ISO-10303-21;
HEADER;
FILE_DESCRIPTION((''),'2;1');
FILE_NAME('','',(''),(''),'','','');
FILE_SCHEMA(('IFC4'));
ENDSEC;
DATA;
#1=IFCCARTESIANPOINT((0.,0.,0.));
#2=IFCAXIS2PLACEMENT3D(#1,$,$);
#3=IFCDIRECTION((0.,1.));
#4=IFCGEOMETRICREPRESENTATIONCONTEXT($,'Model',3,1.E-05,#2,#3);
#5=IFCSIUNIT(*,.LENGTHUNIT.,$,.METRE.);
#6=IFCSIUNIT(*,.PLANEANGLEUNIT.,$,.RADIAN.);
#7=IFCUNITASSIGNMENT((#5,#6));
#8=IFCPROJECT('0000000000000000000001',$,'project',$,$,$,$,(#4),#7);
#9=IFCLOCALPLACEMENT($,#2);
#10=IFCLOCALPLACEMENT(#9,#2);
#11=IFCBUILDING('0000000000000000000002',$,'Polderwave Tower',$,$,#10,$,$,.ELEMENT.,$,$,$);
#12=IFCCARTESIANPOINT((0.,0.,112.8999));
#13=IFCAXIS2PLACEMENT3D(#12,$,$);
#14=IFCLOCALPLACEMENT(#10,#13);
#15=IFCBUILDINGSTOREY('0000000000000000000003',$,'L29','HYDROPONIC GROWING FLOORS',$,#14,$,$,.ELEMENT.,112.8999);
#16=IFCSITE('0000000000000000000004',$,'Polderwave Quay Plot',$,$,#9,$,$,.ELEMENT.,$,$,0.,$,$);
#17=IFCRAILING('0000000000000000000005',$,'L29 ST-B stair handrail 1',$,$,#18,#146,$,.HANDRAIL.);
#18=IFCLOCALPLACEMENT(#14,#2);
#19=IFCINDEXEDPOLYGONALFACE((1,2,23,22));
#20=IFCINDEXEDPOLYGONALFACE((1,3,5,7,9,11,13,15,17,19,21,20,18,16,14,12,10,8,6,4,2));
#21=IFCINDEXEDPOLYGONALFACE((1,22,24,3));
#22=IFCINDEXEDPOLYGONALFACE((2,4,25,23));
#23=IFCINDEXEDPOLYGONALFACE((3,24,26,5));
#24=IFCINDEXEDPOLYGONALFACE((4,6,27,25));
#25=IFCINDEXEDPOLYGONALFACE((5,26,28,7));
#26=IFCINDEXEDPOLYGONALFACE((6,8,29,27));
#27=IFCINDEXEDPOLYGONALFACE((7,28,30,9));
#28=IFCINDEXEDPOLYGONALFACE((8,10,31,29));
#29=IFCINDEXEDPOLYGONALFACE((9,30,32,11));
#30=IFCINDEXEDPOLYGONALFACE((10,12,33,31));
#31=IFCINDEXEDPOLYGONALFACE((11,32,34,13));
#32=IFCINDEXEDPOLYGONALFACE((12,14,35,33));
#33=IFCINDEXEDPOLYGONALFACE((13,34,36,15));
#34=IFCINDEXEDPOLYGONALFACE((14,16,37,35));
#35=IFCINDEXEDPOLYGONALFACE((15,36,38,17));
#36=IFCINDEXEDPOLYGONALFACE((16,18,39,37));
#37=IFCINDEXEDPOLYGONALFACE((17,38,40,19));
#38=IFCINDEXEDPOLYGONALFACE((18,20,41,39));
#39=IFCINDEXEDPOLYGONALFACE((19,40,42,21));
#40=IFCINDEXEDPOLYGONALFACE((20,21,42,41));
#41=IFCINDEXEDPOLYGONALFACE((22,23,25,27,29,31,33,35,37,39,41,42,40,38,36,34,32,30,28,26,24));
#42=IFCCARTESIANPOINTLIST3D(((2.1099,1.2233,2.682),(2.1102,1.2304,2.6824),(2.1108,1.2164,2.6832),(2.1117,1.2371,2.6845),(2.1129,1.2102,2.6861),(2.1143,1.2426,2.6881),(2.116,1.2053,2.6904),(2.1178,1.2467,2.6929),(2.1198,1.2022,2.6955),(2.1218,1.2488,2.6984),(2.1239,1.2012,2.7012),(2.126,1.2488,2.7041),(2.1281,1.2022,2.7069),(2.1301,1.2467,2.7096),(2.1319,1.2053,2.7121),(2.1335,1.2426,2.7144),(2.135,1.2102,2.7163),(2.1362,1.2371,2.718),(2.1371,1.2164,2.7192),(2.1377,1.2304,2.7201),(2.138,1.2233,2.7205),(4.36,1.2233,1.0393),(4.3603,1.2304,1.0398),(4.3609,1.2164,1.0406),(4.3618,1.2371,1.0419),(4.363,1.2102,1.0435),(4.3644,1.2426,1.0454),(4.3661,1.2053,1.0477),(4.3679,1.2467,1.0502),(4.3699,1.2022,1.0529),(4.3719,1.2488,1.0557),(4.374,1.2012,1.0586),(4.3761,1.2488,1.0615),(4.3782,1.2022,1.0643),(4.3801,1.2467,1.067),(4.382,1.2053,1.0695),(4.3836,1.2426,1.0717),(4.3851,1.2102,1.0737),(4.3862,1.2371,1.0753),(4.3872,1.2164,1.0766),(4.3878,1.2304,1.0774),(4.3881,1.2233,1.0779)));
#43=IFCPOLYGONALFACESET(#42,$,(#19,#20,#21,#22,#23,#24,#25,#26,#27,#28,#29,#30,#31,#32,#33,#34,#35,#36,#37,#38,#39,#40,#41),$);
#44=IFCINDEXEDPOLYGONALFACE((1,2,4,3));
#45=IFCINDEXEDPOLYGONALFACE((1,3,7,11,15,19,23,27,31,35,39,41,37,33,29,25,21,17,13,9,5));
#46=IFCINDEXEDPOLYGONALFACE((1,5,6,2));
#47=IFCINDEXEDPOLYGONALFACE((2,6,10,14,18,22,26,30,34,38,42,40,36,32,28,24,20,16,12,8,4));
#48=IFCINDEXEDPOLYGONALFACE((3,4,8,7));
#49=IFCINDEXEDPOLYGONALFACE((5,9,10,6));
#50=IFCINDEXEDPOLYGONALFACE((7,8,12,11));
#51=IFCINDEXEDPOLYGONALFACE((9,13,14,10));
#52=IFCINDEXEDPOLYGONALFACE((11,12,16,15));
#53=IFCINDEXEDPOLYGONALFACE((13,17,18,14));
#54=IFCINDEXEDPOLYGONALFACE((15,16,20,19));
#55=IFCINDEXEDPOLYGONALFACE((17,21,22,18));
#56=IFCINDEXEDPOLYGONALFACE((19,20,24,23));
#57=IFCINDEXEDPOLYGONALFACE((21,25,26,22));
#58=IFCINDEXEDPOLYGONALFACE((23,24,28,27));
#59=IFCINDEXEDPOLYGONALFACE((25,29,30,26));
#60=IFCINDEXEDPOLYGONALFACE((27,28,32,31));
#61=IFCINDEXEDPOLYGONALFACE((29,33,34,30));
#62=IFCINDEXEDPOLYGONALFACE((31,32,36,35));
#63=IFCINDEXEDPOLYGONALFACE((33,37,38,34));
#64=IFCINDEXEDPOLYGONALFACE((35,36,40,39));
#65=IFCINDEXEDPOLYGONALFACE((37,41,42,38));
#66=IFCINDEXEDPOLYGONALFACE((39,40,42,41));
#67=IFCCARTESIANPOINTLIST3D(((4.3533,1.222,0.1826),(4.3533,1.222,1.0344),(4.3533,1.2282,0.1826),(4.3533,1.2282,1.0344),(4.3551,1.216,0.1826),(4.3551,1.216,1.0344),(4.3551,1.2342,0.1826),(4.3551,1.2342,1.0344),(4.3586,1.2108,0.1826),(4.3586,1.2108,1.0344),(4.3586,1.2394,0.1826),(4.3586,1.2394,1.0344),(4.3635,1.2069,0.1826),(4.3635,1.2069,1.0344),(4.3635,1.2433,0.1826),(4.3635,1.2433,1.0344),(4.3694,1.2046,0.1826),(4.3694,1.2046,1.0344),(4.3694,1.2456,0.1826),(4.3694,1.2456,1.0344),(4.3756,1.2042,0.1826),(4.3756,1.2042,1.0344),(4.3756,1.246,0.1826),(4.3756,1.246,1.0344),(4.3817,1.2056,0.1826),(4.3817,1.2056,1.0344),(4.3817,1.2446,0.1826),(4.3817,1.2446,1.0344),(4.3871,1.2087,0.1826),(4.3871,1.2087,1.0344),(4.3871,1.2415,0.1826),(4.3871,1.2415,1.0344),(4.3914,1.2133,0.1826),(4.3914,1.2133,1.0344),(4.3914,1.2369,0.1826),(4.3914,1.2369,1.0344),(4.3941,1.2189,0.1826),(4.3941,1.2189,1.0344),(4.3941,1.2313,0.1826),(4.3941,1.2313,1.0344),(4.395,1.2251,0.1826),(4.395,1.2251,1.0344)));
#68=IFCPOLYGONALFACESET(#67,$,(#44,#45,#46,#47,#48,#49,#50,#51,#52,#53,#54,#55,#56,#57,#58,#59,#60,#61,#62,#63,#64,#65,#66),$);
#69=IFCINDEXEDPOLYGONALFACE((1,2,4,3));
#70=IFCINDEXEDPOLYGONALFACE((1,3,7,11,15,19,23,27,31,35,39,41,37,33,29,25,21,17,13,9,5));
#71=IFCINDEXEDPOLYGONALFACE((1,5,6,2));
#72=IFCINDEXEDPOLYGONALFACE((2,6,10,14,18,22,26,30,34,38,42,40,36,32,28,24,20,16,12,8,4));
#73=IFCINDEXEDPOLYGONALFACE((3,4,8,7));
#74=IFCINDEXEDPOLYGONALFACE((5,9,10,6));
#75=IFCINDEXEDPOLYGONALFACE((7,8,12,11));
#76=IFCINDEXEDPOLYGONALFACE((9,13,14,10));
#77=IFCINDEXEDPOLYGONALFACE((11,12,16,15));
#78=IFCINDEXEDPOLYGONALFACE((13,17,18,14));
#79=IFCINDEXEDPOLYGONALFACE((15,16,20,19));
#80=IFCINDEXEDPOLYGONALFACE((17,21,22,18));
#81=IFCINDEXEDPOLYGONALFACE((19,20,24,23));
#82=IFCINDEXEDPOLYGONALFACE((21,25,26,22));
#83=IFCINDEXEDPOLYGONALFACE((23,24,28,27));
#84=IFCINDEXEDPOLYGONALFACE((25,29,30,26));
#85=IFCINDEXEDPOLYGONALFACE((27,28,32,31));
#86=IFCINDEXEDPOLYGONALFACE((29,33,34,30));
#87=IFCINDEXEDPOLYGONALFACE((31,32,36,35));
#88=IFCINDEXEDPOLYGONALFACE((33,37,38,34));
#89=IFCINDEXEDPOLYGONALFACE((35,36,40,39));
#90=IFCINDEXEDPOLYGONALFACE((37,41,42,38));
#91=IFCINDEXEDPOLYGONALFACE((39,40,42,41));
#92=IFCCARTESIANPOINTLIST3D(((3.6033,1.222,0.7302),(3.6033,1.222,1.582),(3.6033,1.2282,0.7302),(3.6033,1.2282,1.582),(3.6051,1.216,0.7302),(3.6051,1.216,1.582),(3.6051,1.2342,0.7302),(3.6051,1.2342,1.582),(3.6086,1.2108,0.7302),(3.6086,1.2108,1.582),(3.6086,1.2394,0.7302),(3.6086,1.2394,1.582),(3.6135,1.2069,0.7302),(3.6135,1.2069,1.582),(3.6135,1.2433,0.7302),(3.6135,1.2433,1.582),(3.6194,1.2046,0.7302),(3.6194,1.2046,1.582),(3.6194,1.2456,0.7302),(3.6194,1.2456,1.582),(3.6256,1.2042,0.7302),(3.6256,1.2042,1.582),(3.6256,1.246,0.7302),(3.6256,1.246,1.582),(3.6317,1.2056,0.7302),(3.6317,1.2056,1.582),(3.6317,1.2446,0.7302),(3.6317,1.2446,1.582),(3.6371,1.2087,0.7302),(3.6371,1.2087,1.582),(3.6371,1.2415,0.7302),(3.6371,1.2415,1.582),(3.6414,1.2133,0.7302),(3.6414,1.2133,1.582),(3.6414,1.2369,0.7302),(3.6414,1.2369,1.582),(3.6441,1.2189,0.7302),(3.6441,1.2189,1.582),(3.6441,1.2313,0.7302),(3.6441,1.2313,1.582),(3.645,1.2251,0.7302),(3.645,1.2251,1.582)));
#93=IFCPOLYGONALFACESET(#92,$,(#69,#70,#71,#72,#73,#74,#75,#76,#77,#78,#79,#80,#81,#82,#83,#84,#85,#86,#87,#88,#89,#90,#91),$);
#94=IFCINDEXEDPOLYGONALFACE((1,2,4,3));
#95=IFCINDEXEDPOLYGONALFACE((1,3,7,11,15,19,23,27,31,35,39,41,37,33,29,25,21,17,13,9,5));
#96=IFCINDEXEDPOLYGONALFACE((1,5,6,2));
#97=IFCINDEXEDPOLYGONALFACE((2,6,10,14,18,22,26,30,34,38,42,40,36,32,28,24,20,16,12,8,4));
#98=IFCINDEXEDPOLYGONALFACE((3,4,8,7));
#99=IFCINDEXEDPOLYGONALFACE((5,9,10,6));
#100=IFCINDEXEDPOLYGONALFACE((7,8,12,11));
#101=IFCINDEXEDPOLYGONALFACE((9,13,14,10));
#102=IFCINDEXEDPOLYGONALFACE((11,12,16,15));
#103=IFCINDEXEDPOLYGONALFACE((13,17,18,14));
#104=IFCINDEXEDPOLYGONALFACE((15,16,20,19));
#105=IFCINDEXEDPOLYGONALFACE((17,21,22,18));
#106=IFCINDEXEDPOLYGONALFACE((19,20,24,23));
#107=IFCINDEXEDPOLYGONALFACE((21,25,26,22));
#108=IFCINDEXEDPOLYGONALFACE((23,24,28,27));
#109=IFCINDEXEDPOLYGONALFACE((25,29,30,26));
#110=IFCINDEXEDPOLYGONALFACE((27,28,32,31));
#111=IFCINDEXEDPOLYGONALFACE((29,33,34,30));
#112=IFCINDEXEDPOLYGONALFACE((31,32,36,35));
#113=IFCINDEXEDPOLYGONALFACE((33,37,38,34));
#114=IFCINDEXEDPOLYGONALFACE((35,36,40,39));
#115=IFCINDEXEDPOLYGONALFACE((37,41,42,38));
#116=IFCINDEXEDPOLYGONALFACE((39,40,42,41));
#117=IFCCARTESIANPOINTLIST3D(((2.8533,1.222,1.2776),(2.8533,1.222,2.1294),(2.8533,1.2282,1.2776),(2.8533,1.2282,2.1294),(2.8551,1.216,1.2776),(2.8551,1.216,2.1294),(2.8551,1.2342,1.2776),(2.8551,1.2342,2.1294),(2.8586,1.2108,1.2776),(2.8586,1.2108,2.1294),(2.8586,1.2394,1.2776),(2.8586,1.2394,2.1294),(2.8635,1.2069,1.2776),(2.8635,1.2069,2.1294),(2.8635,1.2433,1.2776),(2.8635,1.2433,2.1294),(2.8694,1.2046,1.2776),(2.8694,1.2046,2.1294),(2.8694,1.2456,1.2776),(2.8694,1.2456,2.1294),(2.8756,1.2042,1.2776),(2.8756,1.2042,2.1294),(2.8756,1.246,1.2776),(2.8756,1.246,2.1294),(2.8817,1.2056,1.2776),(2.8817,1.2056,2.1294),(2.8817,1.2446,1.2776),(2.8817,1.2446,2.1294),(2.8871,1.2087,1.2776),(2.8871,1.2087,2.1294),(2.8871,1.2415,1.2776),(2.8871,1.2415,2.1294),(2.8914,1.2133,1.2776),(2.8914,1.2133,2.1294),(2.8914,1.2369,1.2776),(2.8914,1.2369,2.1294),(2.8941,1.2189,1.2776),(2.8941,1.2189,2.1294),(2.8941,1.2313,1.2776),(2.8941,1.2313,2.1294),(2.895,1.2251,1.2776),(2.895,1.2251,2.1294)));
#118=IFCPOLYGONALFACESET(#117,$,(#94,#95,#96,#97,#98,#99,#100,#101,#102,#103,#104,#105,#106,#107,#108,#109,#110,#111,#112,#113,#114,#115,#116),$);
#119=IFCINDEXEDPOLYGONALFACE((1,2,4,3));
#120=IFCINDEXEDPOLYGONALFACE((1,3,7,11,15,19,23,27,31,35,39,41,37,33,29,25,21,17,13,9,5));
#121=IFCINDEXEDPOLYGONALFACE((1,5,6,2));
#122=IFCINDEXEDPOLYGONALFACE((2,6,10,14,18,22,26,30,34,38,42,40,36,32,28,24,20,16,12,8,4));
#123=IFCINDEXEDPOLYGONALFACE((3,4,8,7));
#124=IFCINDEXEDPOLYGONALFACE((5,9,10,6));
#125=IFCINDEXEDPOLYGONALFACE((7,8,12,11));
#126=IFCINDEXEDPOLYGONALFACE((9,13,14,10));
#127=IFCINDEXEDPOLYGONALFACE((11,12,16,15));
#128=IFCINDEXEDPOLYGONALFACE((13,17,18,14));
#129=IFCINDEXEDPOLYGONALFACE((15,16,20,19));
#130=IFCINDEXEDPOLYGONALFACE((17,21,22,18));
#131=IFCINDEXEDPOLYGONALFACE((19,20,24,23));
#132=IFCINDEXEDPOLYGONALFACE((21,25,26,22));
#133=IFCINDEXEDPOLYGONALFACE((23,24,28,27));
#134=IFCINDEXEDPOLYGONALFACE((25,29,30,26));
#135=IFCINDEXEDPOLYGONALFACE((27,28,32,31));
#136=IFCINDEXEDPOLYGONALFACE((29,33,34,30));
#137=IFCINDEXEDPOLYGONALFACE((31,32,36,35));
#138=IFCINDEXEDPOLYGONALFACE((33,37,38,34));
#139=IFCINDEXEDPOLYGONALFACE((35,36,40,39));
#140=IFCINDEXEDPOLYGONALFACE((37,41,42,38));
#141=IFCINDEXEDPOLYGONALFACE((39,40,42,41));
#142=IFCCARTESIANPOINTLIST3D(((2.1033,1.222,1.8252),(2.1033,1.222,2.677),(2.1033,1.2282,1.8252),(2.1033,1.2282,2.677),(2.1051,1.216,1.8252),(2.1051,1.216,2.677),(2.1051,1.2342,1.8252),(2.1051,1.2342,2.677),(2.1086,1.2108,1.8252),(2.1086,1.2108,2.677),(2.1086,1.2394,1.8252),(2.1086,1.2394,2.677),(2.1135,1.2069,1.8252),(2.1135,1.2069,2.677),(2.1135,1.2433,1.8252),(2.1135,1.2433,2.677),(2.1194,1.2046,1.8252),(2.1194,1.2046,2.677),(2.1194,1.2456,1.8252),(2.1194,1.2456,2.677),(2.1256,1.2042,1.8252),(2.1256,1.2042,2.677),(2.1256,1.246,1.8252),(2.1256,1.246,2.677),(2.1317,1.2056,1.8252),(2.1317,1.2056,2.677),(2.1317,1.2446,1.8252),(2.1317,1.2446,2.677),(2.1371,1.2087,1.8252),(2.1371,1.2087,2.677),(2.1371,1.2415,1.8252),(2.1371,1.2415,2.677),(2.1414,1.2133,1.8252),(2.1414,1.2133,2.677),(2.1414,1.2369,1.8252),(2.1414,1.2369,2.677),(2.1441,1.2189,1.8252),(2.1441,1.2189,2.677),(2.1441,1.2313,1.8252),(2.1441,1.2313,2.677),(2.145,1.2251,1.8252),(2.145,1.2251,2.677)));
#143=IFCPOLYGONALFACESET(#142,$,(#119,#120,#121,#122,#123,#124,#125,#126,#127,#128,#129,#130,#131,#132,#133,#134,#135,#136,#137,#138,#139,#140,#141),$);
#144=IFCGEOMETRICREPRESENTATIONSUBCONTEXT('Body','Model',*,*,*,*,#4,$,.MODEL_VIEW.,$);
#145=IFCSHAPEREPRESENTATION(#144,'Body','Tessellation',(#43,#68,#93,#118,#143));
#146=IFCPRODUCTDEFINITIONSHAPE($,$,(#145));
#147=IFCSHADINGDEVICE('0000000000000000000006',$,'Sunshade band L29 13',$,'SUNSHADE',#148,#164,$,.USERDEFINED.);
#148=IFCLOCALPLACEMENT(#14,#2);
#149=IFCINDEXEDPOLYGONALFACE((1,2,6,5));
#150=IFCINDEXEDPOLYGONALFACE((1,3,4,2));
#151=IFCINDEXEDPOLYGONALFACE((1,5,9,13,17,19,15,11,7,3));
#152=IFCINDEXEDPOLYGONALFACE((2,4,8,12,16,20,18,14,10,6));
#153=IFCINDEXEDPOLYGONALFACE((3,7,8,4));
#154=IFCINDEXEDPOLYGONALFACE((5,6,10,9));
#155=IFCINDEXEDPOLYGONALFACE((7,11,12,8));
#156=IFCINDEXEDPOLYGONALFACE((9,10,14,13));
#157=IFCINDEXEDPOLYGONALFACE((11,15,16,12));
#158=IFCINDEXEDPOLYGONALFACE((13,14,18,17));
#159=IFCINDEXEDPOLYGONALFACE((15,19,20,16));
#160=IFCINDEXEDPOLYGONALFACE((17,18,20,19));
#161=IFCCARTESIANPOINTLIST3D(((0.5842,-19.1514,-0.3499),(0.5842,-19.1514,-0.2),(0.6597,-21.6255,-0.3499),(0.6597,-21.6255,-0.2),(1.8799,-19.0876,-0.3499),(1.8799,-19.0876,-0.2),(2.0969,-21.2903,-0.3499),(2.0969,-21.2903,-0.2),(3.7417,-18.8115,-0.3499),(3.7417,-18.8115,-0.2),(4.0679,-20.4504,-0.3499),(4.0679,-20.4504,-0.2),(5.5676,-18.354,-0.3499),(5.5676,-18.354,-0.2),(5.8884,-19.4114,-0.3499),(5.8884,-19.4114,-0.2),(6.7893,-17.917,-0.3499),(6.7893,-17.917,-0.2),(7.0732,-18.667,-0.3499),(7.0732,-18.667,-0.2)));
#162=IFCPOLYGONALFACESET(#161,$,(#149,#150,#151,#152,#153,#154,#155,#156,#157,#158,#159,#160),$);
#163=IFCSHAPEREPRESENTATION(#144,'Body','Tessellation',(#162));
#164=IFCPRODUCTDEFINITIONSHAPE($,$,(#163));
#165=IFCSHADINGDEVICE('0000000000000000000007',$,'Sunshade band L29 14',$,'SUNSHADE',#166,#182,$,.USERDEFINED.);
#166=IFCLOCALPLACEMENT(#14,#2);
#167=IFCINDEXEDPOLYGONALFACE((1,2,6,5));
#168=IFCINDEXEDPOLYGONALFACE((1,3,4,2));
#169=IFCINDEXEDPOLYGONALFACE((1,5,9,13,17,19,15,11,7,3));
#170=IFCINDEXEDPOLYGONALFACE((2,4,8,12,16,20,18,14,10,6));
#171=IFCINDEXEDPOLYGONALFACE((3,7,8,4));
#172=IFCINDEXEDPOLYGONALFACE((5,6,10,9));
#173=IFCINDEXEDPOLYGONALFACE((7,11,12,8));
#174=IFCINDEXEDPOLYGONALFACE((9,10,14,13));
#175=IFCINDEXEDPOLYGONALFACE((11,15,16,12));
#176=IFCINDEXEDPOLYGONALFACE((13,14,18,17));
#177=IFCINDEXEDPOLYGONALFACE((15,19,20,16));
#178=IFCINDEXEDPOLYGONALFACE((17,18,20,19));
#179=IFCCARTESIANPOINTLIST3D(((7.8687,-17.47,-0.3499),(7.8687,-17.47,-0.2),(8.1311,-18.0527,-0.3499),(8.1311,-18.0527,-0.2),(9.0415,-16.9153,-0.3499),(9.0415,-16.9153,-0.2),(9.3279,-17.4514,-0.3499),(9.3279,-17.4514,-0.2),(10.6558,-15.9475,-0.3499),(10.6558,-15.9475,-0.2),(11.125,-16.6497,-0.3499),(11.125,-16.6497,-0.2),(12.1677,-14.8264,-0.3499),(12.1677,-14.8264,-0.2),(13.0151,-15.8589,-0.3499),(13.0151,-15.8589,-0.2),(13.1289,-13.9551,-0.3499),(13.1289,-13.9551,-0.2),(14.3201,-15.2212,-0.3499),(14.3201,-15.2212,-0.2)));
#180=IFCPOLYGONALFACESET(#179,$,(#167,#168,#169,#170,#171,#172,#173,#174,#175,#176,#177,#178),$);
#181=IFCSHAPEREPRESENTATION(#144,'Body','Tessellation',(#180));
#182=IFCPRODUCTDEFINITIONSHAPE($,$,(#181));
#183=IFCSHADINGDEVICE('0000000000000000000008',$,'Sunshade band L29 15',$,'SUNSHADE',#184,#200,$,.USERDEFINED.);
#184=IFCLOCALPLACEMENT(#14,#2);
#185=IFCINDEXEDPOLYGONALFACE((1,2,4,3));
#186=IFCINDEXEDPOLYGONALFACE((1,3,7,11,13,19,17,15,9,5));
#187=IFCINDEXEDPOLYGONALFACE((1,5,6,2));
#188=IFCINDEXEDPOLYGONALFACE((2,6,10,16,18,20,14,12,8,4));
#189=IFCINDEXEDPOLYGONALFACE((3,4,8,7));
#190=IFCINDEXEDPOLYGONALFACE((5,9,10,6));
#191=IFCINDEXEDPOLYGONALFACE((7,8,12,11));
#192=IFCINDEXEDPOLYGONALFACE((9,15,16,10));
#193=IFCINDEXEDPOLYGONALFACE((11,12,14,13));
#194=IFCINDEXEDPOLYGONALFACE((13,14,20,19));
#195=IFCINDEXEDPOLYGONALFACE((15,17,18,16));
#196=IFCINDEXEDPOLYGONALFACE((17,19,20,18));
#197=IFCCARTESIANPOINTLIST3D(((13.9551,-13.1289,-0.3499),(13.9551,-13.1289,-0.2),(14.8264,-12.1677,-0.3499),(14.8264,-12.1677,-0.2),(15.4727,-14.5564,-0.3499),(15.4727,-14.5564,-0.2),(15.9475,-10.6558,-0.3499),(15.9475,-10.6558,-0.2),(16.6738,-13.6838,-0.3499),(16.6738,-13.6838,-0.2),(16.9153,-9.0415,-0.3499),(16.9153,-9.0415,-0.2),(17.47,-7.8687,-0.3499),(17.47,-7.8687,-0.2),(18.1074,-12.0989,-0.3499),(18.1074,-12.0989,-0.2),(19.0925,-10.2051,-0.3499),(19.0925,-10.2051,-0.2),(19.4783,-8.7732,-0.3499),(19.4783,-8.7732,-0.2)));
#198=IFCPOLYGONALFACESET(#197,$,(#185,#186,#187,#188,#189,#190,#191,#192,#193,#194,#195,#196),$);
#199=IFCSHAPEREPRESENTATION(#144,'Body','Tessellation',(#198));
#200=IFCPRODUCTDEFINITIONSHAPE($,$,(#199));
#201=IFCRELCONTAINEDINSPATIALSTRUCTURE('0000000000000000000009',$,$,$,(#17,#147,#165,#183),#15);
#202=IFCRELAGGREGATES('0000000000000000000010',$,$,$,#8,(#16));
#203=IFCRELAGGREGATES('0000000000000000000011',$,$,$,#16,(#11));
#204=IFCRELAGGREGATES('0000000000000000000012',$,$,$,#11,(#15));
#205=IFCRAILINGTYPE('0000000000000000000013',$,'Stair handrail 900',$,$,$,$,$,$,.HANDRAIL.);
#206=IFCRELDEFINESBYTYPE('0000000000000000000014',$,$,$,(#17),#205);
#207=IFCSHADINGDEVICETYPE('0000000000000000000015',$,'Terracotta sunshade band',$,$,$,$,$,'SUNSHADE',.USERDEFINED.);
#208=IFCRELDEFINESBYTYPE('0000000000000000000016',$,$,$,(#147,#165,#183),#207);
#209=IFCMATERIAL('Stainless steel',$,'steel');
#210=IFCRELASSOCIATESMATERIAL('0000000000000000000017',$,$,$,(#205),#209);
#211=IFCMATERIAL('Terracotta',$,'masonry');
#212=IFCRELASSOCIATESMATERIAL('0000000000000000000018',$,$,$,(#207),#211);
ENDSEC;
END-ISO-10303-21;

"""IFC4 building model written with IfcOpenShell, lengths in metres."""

from ifc_helpers import new_model, si_unit, direction, frame, origin, origin_2d, place, context, subcontext, project, spatial, polyline, circle, outline, extrude, material, type_object, element, save


model = new_model("IFC4")

# Units and contexts
model_context = context("Model", 3, precision=1e-05, world=origin(), true_north=direction((0.0, 1.0)))
body_context = subcontext(model_context, "Body", "Model", "MODEL_VIEW")
ifc_project = project(units=[si_unit("LENGTHUNIT", "METRE"), si_unit("PLANEANGLEUNIT", "RADIAN")], contexts=[model_context])

# Site, building, storey
site_placement = place(None, origin())
site = spatial("IfcSite", under=ifc_project, at=site_placement, Name="Polderwave Quay Plot", CompositionType="ELEMENT", RefElevation=0.0)
building_placement = place(site_placement, origin())
building = spatial("IfcBuilding", under=site, at=building_placement, Name="Polderwave Tower", CompositionType="ELEMENT")
storey_placement = place(building_placement, frame((0.0, 0.0, 112.8999)))
storey = spatial("IfcBuildingStorey", under=building, at=storey_placement, Name="L29", Description="HYDROPONIC GROWING FLOORS", CompositionType="ELEMENT", Elevation=112.8999)

# Railing
ifc_material_1 = material(Name="Stainless steel", Category="steel")
railing_type_1 = type_object("IfcRailingType", Name="Stair handrail 900", PredefinedType="HANDRAIL", material=ifc_material_1)
railing_1_placement = place(storey_placement, frame((4.374, 1.2251, 0.1826)))
element("IfcRailing", 1, at=railing_1_placement, inside=storey, type_object=railing_type_1, Name="L29 ST-B stair handrail 1", PredefinedType="HANDRAIL", context=body_context, shape_type="SweptSolid", body=[
    extrude(circle(Radius=0.0239, at=origin_2d()), frame((0.0, 0.0, 0.876), z_axis=(-0.807674, 0.0, 0.58963), x_axis=(0.0, -1.0, 0.0)), (0.0, 0.0, 1.0), 2.7859),
    extrude(circle(Radius=0.021, at=origin_2d()), origin(), (0.0, 0.0, 1.0), 0.8518),
    extrude(circle(Radius=0.021, at=origin_2d()), frame((-0.75, 0.0, 0.5476)), (0.0, 0.0, 1.0), 0.8518),
    extrude(circle(Radius=0.021, at=origin_2d()), frame((-1.5, 0.0, 1.095)), (0.0, 0.0, 1.0), 0.8518),
    extrude(circle(Radius=0.021, at=origin_2d()), frame((-2.25, 0.0, 1.6426)), (0.0, 0.0, 1.0), 0.8518),
])

# Shading devices
ifc_material_2 = material(Name="Terracotta", Category="masonry")
shading_device_type = type_object("IfcShadingDeviceType", Name="Terracotta sunshade band", ElementType="SUNSHADE", PredefinedType="USERDEFINED", material=ifc_material_2)
shading_device_1_placement = place(storey_placement, frame((0.0, 0.0, -0.3499)))
element("IfcShadingDevice", 2, at=shading_device_1_placement, inside=storey, type_object=shading_device_type, Name="Sunshade band L29 13", ObjectType="SUNSHADE", PredefinedType="USERDEFINED", context=body_context, shape_type="SweptSolid", body=[
    extrude(outline(polyline([(0.5842, -19.1514), (1.8799, -19.0876), (3.7417, -18.8115), (5.5676, -18.354), (6.7893, -17.917), (7.0732, -18.667), (5.8884, -19.4114), (4.0679, -20.4504), (2.0969, -21.2903), (0.6597, -21.6255), (0.5842, -19.1514)])), origin(), (0.0, 0.0, 1.0), 0.1499),
])
shading_device_2_placement = place(storey_placement, frame((0.0, 0.0, -0.3499)))
element("IfcShadingDevice", 3, at=shading_device_2_placement, inside=storey, type_object=shading_device_type, Name="Sunshade band L29 14", ObjectType="SUNSHADE", PredefinedType="USERDEFINED", context=body_context, shape_type="SweptSolid", body=[
    extrude(outline(polyline([(7.8687, -17.47), (9.0415, -16.9153), (10.6558, -15.9475), (12.1677, -14.8264), (13.1289, -13.9551), (14.3201, -15.2212), (13.0151, -15.8589), (11.125, -16.6497), (9.3279, -17.4514), (8.1311, -18.0527), (7.8687, -17.47)])), origin(), (0.0, 0.0, 1.0), 0.1499),
])
shading_device_3_placement = place(storey_placement, frame((0.0, 0.0, -0.3499)))
element("IfcShadingDevice", 4, at=shading_device_3_placement, inside=storey, type_object=shading_device_type, Name="Sunshade band L29 15", ObjectType="SUNSHADE", PredefinedType="USERDEFINED", context=body_context, shape_type="SweptSolid", body=[
    extrude(outline(polyline([(13.9551, -13.1289), (14.8264, -12.1677), (15.9475, -10.6558), (16.9153, -9.0415), (17.47, -7.8687), (19.4783, -8.7732), (19.0925, -10.2051), (18.1074, -12.0989), (16.6738, -13.6838), (15.4727, -14.5564), (13.9551, -13.1289)])), origin(), (0.0, 0.0, 1.0), 0.1499),
])

save(model, "model.ifc")
